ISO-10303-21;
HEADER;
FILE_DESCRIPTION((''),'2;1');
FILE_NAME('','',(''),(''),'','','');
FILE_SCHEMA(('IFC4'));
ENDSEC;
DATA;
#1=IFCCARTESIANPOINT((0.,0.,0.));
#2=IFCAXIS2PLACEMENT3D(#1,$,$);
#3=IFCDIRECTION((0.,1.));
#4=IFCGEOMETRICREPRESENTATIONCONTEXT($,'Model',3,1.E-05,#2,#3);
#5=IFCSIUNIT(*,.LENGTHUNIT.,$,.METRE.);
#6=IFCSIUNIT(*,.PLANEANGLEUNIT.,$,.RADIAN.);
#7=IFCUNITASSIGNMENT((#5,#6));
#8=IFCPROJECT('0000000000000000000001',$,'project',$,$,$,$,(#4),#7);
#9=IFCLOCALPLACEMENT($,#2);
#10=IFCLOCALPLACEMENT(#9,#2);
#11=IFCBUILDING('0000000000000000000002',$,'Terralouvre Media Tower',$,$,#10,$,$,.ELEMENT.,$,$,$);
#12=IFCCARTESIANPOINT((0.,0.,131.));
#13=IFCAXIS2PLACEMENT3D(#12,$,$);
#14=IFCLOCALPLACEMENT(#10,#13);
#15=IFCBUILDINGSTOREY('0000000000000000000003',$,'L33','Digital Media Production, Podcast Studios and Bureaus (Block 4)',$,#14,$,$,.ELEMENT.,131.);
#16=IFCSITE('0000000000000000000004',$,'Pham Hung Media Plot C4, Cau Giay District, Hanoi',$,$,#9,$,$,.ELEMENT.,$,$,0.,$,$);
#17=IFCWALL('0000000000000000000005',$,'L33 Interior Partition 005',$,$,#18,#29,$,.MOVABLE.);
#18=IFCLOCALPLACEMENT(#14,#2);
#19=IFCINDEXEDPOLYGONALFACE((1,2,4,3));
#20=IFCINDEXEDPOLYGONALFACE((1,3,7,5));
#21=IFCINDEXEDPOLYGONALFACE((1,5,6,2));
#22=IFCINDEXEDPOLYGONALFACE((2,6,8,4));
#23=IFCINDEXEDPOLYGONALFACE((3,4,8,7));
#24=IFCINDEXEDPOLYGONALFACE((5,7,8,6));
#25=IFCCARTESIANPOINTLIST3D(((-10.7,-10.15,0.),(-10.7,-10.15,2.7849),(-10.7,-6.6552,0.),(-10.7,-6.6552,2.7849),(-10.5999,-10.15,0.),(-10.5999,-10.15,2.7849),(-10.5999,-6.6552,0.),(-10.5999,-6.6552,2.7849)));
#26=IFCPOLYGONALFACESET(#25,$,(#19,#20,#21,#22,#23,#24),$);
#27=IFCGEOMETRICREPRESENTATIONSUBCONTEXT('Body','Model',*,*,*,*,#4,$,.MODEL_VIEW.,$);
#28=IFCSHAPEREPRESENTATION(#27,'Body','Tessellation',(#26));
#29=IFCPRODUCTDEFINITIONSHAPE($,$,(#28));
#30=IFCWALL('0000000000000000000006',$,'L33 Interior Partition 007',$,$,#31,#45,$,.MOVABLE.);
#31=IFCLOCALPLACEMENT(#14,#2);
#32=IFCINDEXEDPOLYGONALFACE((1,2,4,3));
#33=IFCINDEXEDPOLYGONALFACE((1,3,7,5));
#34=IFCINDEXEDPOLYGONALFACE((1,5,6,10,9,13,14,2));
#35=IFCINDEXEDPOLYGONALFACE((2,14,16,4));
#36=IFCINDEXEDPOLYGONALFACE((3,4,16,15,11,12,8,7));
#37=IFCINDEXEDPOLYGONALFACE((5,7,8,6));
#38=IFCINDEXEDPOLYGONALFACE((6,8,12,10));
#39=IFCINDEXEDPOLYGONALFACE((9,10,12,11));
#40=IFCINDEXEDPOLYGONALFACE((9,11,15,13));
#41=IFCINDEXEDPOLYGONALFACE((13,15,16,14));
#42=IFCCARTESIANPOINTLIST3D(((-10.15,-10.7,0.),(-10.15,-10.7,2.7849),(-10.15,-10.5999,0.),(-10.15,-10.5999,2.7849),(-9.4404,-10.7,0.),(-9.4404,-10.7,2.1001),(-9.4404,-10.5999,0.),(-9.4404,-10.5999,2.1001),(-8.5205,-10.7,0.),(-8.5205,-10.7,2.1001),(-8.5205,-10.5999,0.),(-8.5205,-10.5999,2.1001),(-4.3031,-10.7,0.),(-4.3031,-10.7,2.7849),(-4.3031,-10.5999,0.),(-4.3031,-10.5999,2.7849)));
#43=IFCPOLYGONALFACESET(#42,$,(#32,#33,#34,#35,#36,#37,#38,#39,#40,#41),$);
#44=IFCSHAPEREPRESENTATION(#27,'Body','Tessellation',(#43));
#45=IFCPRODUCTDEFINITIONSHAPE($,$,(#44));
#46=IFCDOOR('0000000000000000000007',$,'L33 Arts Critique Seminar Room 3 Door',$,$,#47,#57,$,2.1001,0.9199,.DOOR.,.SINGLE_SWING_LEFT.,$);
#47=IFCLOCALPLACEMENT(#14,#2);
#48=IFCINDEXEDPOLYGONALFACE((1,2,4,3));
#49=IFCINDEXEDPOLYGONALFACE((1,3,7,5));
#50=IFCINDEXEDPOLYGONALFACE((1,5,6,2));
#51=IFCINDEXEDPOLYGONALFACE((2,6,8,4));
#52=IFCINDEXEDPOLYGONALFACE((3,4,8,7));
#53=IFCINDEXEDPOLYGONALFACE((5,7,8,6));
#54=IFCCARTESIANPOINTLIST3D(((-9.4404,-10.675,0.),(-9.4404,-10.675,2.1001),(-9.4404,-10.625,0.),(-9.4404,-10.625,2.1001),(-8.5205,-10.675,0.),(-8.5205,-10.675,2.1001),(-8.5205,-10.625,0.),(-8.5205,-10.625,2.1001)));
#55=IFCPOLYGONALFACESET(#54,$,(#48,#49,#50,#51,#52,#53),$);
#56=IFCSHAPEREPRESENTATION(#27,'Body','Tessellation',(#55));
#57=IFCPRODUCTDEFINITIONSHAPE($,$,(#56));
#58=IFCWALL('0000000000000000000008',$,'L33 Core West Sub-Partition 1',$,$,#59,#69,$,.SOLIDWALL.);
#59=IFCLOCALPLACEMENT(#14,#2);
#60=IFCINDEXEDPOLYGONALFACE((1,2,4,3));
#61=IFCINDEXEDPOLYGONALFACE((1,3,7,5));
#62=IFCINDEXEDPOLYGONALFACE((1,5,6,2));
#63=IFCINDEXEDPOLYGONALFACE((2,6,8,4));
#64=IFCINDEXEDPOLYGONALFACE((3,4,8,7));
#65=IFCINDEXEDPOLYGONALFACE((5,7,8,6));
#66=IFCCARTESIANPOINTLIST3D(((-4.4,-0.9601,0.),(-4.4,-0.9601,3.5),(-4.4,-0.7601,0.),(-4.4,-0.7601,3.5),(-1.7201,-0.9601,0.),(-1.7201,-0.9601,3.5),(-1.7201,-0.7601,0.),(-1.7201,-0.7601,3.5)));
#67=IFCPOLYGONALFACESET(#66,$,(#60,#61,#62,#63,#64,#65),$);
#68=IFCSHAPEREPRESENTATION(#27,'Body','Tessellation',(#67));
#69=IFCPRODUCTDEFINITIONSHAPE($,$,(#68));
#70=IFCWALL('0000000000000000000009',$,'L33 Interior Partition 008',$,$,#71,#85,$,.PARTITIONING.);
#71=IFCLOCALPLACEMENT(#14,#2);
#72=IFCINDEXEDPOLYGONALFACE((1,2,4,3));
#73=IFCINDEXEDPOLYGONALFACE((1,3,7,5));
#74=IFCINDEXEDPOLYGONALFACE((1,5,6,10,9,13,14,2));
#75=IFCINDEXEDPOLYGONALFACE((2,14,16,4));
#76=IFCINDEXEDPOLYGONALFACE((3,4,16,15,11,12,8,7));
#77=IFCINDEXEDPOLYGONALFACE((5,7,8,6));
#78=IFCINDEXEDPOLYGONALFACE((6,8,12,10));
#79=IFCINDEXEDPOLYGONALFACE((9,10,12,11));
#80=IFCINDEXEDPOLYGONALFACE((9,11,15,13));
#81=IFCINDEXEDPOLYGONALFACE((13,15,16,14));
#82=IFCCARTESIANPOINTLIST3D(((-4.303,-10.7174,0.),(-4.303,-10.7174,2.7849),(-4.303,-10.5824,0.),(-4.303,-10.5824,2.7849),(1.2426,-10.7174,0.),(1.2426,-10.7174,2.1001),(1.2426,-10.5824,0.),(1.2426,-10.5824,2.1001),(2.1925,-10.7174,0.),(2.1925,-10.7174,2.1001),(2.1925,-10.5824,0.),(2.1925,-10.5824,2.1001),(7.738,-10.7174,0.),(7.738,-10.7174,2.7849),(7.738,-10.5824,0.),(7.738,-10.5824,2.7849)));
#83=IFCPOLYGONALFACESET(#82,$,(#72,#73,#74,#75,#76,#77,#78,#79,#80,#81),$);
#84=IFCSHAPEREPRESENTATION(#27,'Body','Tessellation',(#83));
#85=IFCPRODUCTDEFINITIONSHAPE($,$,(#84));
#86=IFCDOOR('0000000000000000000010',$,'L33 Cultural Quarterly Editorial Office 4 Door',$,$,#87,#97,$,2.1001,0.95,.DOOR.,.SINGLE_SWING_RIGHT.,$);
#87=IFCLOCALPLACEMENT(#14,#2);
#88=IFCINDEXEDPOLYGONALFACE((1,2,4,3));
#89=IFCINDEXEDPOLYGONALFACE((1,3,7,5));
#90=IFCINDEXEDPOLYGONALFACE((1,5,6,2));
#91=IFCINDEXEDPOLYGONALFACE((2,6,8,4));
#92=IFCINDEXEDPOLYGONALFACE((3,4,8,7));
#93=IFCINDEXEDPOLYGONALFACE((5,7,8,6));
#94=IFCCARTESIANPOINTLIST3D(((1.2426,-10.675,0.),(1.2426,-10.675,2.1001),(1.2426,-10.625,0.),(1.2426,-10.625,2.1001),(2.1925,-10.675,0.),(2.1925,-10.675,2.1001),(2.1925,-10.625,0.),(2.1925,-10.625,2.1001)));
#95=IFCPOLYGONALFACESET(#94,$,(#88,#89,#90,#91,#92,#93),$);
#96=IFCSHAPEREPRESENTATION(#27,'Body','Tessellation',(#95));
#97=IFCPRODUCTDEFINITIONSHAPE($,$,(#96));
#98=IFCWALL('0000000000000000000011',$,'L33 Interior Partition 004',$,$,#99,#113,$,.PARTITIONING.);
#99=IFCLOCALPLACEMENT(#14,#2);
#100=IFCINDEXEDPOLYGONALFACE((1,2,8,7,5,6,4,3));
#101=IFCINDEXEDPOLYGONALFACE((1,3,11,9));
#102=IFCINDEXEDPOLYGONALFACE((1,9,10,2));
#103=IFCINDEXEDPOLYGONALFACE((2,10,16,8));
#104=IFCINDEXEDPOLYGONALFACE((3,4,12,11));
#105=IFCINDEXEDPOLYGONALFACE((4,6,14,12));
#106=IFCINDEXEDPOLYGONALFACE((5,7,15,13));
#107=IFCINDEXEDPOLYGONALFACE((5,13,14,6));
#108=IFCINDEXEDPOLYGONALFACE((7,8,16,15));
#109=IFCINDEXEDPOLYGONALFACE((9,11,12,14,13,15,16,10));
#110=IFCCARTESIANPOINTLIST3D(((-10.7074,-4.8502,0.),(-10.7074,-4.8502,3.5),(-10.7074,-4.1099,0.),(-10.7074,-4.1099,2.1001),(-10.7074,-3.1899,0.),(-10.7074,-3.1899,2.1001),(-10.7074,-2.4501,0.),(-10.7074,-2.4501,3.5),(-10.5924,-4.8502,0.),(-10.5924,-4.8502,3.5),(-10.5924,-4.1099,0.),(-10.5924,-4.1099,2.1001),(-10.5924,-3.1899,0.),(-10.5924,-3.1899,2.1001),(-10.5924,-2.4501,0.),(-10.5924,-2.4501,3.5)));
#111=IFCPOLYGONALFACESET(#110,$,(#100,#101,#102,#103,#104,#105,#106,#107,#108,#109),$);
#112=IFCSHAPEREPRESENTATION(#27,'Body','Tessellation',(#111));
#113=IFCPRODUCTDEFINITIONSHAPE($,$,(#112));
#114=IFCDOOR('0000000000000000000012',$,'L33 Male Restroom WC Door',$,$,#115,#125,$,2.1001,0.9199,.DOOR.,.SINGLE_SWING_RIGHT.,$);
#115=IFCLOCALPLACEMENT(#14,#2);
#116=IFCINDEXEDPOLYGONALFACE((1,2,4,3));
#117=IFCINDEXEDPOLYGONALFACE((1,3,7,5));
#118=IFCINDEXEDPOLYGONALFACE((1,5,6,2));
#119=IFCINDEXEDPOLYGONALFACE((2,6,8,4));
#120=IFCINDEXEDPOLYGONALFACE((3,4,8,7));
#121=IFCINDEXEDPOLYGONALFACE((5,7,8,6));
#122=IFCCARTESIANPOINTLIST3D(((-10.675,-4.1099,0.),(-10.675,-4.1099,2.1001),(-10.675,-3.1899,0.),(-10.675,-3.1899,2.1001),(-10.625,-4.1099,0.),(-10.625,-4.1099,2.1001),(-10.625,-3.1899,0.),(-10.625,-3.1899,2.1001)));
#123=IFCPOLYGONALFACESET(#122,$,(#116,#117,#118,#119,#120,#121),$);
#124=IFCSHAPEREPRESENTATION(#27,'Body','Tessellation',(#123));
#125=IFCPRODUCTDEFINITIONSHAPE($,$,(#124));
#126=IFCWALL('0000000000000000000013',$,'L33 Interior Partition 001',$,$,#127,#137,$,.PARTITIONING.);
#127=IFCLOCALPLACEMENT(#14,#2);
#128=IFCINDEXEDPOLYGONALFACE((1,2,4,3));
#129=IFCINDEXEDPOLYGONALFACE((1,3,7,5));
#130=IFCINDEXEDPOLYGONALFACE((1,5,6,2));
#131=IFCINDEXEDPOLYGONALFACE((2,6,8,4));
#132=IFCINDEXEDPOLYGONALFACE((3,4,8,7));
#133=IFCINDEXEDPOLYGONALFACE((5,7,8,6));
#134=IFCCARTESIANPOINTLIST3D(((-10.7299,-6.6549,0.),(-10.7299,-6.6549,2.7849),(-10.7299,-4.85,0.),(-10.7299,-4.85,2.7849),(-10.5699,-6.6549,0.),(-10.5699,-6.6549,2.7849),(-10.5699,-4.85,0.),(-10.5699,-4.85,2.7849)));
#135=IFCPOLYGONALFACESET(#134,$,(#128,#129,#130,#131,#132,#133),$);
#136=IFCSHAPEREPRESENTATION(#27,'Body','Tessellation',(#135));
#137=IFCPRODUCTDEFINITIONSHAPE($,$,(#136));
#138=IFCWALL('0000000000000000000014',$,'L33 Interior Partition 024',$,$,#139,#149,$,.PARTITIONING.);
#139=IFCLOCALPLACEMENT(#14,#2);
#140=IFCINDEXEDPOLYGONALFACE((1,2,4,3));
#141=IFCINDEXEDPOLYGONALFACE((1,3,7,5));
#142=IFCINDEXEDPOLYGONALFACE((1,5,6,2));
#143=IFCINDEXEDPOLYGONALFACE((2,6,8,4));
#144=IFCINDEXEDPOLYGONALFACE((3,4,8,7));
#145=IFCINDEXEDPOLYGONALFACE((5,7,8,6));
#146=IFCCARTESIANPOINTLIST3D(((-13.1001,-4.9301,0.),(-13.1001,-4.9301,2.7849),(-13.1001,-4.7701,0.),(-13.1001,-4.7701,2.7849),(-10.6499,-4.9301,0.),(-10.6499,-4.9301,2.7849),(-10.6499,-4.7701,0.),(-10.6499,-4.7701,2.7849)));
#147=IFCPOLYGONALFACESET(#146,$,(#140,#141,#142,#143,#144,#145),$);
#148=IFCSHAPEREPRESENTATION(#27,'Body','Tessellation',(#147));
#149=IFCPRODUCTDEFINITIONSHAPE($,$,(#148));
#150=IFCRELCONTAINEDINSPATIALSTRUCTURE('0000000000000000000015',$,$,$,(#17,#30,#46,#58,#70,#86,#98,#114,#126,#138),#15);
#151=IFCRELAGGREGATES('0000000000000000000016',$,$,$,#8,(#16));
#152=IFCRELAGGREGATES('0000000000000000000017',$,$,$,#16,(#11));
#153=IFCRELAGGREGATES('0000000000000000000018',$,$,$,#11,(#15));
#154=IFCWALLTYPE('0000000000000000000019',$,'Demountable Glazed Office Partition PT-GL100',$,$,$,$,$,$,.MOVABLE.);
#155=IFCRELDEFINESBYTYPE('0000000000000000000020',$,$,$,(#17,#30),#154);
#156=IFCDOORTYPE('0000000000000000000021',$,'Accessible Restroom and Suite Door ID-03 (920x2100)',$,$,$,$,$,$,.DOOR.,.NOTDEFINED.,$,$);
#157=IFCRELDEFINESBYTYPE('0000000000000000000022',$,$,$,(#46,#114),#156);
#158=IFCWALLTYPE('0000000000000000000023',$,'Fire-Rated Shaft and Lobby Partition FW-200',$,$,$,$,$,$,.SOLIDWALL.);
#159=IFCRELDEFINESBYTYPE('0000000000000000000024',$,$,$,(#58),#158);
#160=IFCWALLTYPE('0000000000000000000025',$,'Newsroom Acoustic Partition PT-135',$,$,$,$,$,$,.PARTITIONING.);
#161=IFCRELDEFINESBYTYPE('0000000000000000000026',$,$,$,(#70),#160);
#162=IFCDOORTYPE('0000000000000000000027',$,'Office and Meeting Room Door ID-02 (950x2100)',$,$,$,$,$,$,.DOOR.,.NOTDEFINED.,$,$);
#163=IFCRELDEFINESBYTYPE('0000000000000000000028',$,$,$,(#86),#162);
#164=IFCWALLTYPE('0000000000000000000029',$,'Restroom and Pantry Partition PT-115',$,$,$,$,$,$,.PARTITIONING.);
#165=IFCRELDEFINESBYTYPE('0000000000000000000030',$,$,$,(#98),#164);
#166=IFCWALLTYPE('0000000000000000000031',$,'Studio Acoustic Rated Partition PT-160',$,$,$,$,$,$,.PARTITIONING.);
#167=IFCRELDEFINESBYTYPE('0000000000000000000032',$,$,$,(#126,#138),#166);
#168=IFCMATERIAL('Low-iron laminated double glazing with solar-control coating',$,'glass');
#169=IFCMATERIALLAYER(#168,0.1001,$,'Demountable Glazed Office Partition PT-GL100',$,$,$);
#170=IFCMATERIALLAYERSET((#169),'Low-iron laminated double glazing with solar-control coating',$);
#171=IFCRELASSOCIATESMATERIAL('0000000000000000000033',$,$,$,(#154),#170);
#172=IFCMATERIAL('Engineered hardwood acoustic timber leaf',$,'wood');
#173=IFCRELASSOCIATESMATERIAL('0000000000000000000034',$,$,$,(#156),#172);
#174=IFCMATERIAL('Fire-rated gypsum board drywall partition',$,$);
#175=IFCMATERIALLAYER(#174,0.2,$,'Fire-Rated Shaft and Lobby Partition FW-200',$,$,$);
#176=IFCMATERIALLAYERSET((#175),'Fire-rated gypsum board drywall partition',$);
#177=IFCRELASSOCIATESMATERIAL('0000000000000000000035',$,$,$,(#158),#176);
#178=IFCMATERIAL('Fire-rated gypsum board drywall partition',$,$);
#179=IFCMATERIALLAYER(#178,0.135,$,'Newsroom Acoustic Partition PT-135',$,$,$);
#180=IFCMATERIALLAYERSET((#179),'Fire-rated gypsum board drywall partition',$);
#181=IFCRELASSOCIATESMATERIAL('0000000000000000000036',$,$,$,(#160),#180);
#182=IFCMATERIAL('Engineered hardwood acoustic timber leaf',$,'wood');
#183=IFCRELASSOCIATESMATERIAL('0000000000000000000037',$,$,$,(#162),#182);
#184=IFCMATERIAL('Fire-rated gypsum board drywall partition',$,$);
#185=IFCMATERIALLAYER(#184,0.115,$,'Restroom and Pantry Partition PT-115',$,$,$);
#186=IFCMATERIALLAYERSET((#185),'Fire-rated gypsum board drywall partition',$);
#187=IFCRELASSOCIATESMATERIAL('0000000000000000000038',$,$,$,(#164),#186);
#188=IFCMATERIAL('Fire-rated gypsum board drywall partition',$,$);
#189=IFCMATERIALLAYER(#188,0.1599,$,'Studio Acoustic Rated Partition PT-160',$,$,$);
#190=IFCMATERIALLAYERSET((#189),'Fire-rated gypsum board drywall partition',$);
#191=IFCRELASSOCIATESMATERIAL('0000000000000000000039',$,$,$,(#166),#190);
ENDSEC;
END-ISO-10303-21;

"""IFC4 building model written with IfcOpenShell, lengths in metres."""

from ifc_helpers import new_model, si_unit, direction, frame, frame_2d, origin, place, context, subcontext, project, spatial, rectangle, extrude, material, layer, layer_set, type_object, element, fill, save


model = new_model("IFC4")

# Units and contexts
model_context = context("Model", 3, precision=1e-05, world=origin(), true_north=direction((0.0, 1.0)))
body_context = subcontext(model_context, "Body", "Model", "MODEL_VIEW")
ifc_project = project(units=[si_unit("LENGTHUNIT", "METRE"), si_unit("PLANEANGLEUNIT", "RADIAN")], contexts=[model_context])

# Site, building, storey
site_placement = place(None, origin())
site = spatial("IfcSite", under=ifc_project, at=site_placement, Name="Pham Hung Media Plot C4, Cau Giay District, Hanoi", CompositionType="ELEMENT", RefElevation=0.0)
building_placement = place(site_placement, origin())
building = spatial("IfcBuilding", under=site, at=building_placement, Name="Terralouvre Media Tower", CompositionType="ELEMENT")
storey_placement = place(building_placement, frame((0.0, 0.0, 131.0)))
storey = spatial("IfcBuildingStorey", under=building, at=storey_placement, Name="L33", Description="Digital Media Production, Podcast Studios and Bureaus (Block 4)", CompositionType="ELEMENT", Elevation=131.0)

# Wall
ifc_material_1 = material(Name="Low-iron laminated double glazing with solar-control coating", Category="glass")
ifc_layer_1 = layer(ifc_material_1, 0.1001, Name="Demountable Glazed Office Partition PT-GL100")
ifc_layer_set_1 = layer_set([ifc_layer_1], Name="Low-iron laminated double glazing with solar-control coating")
wall_type_1 = type_object("IfcWallType", Name="Demountable Glazed Office Partition PT-GL100", PredefinedType="MOVABLE", material=ifc_layer_set_1)
wall_1_placement = place(storey_placement, frame((-10.6499, -6.655, 0.0), z_axis=(0.0, 0.0, 1.0), x_axis=(0.0, -1.0, 0.0)))
element("IfcWall", 1, at=wall_1_placement, inside=storey, type_object=wall_type_1, Name="L33 Interior Partition 005", PredefinedType="MOVABLE", context=body_context, shape_type="SweptSolid", body=[
    extrude(rectangle(XDim=3.4949, YDim=0.1001, at=frame_2d((1.7476, 0.0))), origin(), (0.0, 0.0, 1.0), 2.7849),
])

# Wall, opening, door
wall_2_placement = place(storey_placement, frame((-10.1499, -10.6499, 0.0), z_axis=(0.0, 0.0, 1.0), x_axis=(1.0, 0.0, 0.0)))
wall_2 = element("IfcWall", 2, at=wall_2_placement, inside=storey, type_object=wall_type_1, Name="L33 Interior Partition 007", PredefinedType="MOVABLE", context=body_context, shape_type="SweptSolid", body=[
    extrude(rectangle(XDim=5.8469, YDim=0.1001, at=frame_2d((2.9233, 0.0))), origin(), (0.0, 0.0, 1.0), 2.7849),
])
opening_1_placement = place(wall_2_placement, frame((0.7095, 0.0, 0.0)))
opening_1 = element("IfcOpeningElement", 3, at=opening_1_placement, cuts=wall_2, PredefinedType="OPENING", context=body_context, shape_type="SweptSolid", body=[
    extrude(rectangle(XDim=0.9199, YDim=2.1001, at=frame_2d((0.46, 1.05))), frame((0.0, 0.0601, 0.0), z_axis=(0.0, -1.0, 0.0), x_axis=(1.0, 0.0, 0.0)), (0.0, 0.0, 1.0), 0.1201),
])
ifc_material_2 = material(Name="Engineered hardwood acoustic timber leaf", Category="wood")
door_type_1 = type_object("IfcDoorType", Name="Accessible Restroom and Suite Door ID-03 (920x2100)", OperationType="NOTDEFINED", PredefinedType="DOOR", material=ifc_material_2)
door_1_placement = place(opening_1_placement, origin())
door_1 = element("IfcDoor", 4, at=door_1_placement, inside=storey, type_object=door_type_1, Name="L33 Arts Critique Seminar Room 3 Door", OperationType="SINGLE_SWING_LEFT", OverallHeight=2.1001, OverallWidth=0.9199, PredefinedType="DOOR", context=body_context, shape_type="SweptSolid", body=[
    extrude(rectangle(XDim=0.9199, YDim=2.1001, at=frame_2d((0.46, 1.05))), frame((0.0, 0.0249, 0.0), z_axis=(0.0, -1.0, 0.0), x_axis=(1.0, 0.0, 0.0)), (0.0, 0.0, 1.0), 0.05),
])
fill(opening_1, door_1)

# Wall
ifc_material_3 = material(Name="Fire-rated gypsum board drywall partition")
ifc_layer_2 = layer(ifc_material_3, 0.2, Name="Fire-Rated Shaft and Lobby Partition FW-200")
ifc_layer_set_2 = layer_set([ifc_layer_2], Name="Fire-rated gypsum board drywall partition")
wall_type_2 = type_object("IfcWallType", Name="Fire-Rated Shaft and Lobby Partition FW-200", PredefinedType="SOLIDWALL", material=ifc_layer_set_2)
wall_3_placement = place(storey_placement, frame((-4.3999, -0.8601, 0.0), z_axis=(0.0, 0.0, 1.0), x_axis=(1.0, 0.0, 0.0)))
element("IfcWall", 5, at=wall_3_placement, inside=storey, type_object=wall_type_2, Name="L33 Core West Sub-Partition 1", PredefinedType="SOLIDWALL", context=body_context, shape_type="SweptSolid", body=[
    extrude(rectangle(XDim=2.6799, YDim=0.2, at=frame_2d((1.3398, 0.0))), origin(), (0.0, 0.0, 1.0), 3.5),
])

# Walls, openings, doors
ifc_material_4 = material(Name="Fire-rated gypsum board drywall partition")
ifc_layer_3 = layer(ifc_material_4, 0.135, Name="Newsroom Acoustic Partition PT-135")
ifc_layer_set_3 = layer_set([ifc_layer_3], Name="Fire-rated gypsum board drywall partition")
wall_type_3 = type_object("IfcWallType", Name="Newsroom Acoustic Partition PT-135", PredefinedType="PARTITIONING", material=ifc_layer_set_3)
wall_4_placement = place(storey_placement, frame((-4.303, -10.6499, 0.0), z_axis=(0.0, 0.0, 1.0), x_axis=(1.0, 0.0, 0.0)))
wall_4 = element("IfcWall", 6, at=wall_4_placement, inside=storey, type_object=wall_type_3, Name="L33 Interior Partition 008", PredefinedType="PARTITIONING", context=body_context, shape_type="SweptSolid", body=[
    extrude(rectangle(XDim=12.041, YDim=0.135, at=frame_2d((6.0205, 0.0))), origin(), (0.0, 0.0, 1.0), 2.7849),
])
opening_2_placement = place(wall_4_placement, frame((5.5454, 0.0, 0.0)))
opening_2 = element("IfcOpeningElement", 7, at=opening_2_placement, cuts=wall_4, PredefinedType="OPENING", context=body_context, shape_type="SweptSolid", body=[
    extrude(rectangle(XDim=0.95, YDim=2.1001, at=frame_2d((0.4751, 1.05))), frame((0.0, 0.0774, 0.0), z_axis=(0.0, -1.0, 0.0), x_axis=(1.0, 0.0, 0.0)), (0.0, 0.0, 1.0), 0.155),
])
ifc_material_5 = material(Name="Engineered hardwood acoustic timber leaf", Category="wood")
door_type_2 = type_object("IfcDoorType", Name="Office and Meeting Room Door ID-02 (950x2100)", OperationType="NOTDEFINED", PredefinedType="DOOR", material=ifc_material_5)
door_2_placement = place(opening_2_placement, origin())
door_2 = element("IfcDoor", 8, at=door_2_placement, inside=storey, type_object=door_type_2, Name="L33 Cultural Quarterly Editorial Office 4 Door", OperationType="SINGLE_SWING_RIGHT", OverallHeight=2.1001, OverallWidth=0.95, PredefinedType="DOOR", context=body_context, shape_type="SweptSolid", body=[
    extrude(rectangle(XDim=0.95, YDim=2.1001, at=frame_2d((0.4751, 1.05))), frame((0.0, 0.0249, 0.0), z_axis=(0.0, -1.0, 0.0), x_axis=(1.0, 0.0, 0.0)), (0.0, 0.0, 1.0), 0.05),
])
fill(opening_2, door_2)
ifc_material_6 = material(Name="Fire-rated gypsum board drywall partition")
ifc_layer_4 = layer(ifc_material_6, 0.115, Name="Restroom and Pantry Partition PT-115")
ifc_layer_set_4 = layer_set([ifc_layer_4], Name="Fire-rated gypsum board drywall partition")
wall_type_4 = type_object("IfcWallType", Name="Restroom and Pantry Partition PT-115", PredefinedType="PARTITIONING", material=ifc_layer_set_4)
wall_5_placement = place(storey_placement, frame((-10.6499, -2.45, 0.0), z_axis=(0.0, 0.0, 1.0), x_axis=(0.0, -1.0, 0.0)))
wall_5 = element("IfcWall", 9, at=wall_5_placement, inside=storey, type_object=wall_type_4, Name="L33 Interior Partition 004", PredefinedType="PARTITIONING", context=body_context, shape_type="SweptSolid", body=[
    extrude(rectangle(XDim=2.4001, YDim=0.115, at=frame_2d((1.2002, 0.0))), origin(), (0.0, 0.0, 1.0), 3.5),
])
opening_3_placement = place(wall_5_placement, frame((0.74, 0.0, 0.0)))
opening_3 = element("IfcOpeningElement", 10, at=opening_3_placement, cuts=wall_5, PredefinedType="OPENING", context=body_context, shape_type="SweptSolid", body=[
    extrude(rectangle(XDim=0.9199, YDim=2.1001, at=frame_2d((0.46, 1.05))), frame((0.0, 0.0674, 0.0), z_axis=(0.0, -1.0, 0.0), x_axis=(1.0, 0.0, 0.0)), (0.0, 0.0, 1.0), 0.135),
])
door_3_placement = place(opening_3_placement, origin())
door_3 = element("IfcDoor", 11, at=door_3_placement, inside=storey, type_object=door_type_1, Name="L33 Male Restroom WC Door", OperationType="SINGLE_SWING_RIGHT", OverallHeight=2.1001, OverallWidth=0.9199, PredefinedType="DOOR", context=body_context, shape_type="SweptSolid", body=[
    extrude(rectangle(XDim=0.9199, YDim=2.1001, at=frame_2d((0.46, 1.05))), frame((0.0, 0.0249, 0.0), z_axis=(0.0, -1.0, 0.0), x_axis=(1.0, 0.0, 0.0)), (0.0, 0.0, 1.0), 0.05),
])
fill(opening_3, door_3)

# Walls
ifc_material_7 = material(Name="Fire-rated gypsum board drywall partition")
ifc_layer_5 = layer(ifc_material_7, 0.1599, Name="Studio Acoustic Rated Partition PT-160")
ifc_layer_set_5 = layer_set([ifc_layer_5], Name="Fire-rated gypsum board drywall partition")
wall_type_5 = type_object("IfcWallType", Name="Studio Acoustic Rated Partition PT-160", PredefinedType="PARTITIONING", material=ifc_layer_set_5)
wall_6_placement = place(storey_placement, frame((-10.6499, -4.8501, 0.0), z_axis=(0.0, 0.0, 1.0), x_axis=(0.0, -1.0, 0.0)))
element("IfcWall", 12, at=wall_6_placement, inside=storey, type_object=wall_type_5, Name="L33 Interior Partition 001", PredefinedType="PARTITIONING", context=body_context, shape_type="SweptSolid", body=[
    extrude(rectangle(XDim=1.8049, YDim=0.1599, at=frame_2d((0.9023, 0.0))), origin(), (0.0, 0.0, 1.0), 2.7849),
])
wall_7_placement = place(storey_placement, frame((-10.6499, -4.8501, 0.0), z_axis=(0.0, 0.0, 1.0), x_axis=(-1.0, 0.0, 0.0)))
element("IfcWall", 13, at=wall_7_placement, inside=storey, type_object=wall_type_5, Name="L33 Interior Partition 024", PredefinedType="PARTITIONING", context=body_context, shape_type="SweptSolid", body=[
    extrude(rectangle(XDim=2.4502, YDim=0.1599, at=frame_2d((1.2251, 0.0))), origin(), (0.0, 0.0, 1.0), 2.7849),
])

save(model, "model.ifc")
